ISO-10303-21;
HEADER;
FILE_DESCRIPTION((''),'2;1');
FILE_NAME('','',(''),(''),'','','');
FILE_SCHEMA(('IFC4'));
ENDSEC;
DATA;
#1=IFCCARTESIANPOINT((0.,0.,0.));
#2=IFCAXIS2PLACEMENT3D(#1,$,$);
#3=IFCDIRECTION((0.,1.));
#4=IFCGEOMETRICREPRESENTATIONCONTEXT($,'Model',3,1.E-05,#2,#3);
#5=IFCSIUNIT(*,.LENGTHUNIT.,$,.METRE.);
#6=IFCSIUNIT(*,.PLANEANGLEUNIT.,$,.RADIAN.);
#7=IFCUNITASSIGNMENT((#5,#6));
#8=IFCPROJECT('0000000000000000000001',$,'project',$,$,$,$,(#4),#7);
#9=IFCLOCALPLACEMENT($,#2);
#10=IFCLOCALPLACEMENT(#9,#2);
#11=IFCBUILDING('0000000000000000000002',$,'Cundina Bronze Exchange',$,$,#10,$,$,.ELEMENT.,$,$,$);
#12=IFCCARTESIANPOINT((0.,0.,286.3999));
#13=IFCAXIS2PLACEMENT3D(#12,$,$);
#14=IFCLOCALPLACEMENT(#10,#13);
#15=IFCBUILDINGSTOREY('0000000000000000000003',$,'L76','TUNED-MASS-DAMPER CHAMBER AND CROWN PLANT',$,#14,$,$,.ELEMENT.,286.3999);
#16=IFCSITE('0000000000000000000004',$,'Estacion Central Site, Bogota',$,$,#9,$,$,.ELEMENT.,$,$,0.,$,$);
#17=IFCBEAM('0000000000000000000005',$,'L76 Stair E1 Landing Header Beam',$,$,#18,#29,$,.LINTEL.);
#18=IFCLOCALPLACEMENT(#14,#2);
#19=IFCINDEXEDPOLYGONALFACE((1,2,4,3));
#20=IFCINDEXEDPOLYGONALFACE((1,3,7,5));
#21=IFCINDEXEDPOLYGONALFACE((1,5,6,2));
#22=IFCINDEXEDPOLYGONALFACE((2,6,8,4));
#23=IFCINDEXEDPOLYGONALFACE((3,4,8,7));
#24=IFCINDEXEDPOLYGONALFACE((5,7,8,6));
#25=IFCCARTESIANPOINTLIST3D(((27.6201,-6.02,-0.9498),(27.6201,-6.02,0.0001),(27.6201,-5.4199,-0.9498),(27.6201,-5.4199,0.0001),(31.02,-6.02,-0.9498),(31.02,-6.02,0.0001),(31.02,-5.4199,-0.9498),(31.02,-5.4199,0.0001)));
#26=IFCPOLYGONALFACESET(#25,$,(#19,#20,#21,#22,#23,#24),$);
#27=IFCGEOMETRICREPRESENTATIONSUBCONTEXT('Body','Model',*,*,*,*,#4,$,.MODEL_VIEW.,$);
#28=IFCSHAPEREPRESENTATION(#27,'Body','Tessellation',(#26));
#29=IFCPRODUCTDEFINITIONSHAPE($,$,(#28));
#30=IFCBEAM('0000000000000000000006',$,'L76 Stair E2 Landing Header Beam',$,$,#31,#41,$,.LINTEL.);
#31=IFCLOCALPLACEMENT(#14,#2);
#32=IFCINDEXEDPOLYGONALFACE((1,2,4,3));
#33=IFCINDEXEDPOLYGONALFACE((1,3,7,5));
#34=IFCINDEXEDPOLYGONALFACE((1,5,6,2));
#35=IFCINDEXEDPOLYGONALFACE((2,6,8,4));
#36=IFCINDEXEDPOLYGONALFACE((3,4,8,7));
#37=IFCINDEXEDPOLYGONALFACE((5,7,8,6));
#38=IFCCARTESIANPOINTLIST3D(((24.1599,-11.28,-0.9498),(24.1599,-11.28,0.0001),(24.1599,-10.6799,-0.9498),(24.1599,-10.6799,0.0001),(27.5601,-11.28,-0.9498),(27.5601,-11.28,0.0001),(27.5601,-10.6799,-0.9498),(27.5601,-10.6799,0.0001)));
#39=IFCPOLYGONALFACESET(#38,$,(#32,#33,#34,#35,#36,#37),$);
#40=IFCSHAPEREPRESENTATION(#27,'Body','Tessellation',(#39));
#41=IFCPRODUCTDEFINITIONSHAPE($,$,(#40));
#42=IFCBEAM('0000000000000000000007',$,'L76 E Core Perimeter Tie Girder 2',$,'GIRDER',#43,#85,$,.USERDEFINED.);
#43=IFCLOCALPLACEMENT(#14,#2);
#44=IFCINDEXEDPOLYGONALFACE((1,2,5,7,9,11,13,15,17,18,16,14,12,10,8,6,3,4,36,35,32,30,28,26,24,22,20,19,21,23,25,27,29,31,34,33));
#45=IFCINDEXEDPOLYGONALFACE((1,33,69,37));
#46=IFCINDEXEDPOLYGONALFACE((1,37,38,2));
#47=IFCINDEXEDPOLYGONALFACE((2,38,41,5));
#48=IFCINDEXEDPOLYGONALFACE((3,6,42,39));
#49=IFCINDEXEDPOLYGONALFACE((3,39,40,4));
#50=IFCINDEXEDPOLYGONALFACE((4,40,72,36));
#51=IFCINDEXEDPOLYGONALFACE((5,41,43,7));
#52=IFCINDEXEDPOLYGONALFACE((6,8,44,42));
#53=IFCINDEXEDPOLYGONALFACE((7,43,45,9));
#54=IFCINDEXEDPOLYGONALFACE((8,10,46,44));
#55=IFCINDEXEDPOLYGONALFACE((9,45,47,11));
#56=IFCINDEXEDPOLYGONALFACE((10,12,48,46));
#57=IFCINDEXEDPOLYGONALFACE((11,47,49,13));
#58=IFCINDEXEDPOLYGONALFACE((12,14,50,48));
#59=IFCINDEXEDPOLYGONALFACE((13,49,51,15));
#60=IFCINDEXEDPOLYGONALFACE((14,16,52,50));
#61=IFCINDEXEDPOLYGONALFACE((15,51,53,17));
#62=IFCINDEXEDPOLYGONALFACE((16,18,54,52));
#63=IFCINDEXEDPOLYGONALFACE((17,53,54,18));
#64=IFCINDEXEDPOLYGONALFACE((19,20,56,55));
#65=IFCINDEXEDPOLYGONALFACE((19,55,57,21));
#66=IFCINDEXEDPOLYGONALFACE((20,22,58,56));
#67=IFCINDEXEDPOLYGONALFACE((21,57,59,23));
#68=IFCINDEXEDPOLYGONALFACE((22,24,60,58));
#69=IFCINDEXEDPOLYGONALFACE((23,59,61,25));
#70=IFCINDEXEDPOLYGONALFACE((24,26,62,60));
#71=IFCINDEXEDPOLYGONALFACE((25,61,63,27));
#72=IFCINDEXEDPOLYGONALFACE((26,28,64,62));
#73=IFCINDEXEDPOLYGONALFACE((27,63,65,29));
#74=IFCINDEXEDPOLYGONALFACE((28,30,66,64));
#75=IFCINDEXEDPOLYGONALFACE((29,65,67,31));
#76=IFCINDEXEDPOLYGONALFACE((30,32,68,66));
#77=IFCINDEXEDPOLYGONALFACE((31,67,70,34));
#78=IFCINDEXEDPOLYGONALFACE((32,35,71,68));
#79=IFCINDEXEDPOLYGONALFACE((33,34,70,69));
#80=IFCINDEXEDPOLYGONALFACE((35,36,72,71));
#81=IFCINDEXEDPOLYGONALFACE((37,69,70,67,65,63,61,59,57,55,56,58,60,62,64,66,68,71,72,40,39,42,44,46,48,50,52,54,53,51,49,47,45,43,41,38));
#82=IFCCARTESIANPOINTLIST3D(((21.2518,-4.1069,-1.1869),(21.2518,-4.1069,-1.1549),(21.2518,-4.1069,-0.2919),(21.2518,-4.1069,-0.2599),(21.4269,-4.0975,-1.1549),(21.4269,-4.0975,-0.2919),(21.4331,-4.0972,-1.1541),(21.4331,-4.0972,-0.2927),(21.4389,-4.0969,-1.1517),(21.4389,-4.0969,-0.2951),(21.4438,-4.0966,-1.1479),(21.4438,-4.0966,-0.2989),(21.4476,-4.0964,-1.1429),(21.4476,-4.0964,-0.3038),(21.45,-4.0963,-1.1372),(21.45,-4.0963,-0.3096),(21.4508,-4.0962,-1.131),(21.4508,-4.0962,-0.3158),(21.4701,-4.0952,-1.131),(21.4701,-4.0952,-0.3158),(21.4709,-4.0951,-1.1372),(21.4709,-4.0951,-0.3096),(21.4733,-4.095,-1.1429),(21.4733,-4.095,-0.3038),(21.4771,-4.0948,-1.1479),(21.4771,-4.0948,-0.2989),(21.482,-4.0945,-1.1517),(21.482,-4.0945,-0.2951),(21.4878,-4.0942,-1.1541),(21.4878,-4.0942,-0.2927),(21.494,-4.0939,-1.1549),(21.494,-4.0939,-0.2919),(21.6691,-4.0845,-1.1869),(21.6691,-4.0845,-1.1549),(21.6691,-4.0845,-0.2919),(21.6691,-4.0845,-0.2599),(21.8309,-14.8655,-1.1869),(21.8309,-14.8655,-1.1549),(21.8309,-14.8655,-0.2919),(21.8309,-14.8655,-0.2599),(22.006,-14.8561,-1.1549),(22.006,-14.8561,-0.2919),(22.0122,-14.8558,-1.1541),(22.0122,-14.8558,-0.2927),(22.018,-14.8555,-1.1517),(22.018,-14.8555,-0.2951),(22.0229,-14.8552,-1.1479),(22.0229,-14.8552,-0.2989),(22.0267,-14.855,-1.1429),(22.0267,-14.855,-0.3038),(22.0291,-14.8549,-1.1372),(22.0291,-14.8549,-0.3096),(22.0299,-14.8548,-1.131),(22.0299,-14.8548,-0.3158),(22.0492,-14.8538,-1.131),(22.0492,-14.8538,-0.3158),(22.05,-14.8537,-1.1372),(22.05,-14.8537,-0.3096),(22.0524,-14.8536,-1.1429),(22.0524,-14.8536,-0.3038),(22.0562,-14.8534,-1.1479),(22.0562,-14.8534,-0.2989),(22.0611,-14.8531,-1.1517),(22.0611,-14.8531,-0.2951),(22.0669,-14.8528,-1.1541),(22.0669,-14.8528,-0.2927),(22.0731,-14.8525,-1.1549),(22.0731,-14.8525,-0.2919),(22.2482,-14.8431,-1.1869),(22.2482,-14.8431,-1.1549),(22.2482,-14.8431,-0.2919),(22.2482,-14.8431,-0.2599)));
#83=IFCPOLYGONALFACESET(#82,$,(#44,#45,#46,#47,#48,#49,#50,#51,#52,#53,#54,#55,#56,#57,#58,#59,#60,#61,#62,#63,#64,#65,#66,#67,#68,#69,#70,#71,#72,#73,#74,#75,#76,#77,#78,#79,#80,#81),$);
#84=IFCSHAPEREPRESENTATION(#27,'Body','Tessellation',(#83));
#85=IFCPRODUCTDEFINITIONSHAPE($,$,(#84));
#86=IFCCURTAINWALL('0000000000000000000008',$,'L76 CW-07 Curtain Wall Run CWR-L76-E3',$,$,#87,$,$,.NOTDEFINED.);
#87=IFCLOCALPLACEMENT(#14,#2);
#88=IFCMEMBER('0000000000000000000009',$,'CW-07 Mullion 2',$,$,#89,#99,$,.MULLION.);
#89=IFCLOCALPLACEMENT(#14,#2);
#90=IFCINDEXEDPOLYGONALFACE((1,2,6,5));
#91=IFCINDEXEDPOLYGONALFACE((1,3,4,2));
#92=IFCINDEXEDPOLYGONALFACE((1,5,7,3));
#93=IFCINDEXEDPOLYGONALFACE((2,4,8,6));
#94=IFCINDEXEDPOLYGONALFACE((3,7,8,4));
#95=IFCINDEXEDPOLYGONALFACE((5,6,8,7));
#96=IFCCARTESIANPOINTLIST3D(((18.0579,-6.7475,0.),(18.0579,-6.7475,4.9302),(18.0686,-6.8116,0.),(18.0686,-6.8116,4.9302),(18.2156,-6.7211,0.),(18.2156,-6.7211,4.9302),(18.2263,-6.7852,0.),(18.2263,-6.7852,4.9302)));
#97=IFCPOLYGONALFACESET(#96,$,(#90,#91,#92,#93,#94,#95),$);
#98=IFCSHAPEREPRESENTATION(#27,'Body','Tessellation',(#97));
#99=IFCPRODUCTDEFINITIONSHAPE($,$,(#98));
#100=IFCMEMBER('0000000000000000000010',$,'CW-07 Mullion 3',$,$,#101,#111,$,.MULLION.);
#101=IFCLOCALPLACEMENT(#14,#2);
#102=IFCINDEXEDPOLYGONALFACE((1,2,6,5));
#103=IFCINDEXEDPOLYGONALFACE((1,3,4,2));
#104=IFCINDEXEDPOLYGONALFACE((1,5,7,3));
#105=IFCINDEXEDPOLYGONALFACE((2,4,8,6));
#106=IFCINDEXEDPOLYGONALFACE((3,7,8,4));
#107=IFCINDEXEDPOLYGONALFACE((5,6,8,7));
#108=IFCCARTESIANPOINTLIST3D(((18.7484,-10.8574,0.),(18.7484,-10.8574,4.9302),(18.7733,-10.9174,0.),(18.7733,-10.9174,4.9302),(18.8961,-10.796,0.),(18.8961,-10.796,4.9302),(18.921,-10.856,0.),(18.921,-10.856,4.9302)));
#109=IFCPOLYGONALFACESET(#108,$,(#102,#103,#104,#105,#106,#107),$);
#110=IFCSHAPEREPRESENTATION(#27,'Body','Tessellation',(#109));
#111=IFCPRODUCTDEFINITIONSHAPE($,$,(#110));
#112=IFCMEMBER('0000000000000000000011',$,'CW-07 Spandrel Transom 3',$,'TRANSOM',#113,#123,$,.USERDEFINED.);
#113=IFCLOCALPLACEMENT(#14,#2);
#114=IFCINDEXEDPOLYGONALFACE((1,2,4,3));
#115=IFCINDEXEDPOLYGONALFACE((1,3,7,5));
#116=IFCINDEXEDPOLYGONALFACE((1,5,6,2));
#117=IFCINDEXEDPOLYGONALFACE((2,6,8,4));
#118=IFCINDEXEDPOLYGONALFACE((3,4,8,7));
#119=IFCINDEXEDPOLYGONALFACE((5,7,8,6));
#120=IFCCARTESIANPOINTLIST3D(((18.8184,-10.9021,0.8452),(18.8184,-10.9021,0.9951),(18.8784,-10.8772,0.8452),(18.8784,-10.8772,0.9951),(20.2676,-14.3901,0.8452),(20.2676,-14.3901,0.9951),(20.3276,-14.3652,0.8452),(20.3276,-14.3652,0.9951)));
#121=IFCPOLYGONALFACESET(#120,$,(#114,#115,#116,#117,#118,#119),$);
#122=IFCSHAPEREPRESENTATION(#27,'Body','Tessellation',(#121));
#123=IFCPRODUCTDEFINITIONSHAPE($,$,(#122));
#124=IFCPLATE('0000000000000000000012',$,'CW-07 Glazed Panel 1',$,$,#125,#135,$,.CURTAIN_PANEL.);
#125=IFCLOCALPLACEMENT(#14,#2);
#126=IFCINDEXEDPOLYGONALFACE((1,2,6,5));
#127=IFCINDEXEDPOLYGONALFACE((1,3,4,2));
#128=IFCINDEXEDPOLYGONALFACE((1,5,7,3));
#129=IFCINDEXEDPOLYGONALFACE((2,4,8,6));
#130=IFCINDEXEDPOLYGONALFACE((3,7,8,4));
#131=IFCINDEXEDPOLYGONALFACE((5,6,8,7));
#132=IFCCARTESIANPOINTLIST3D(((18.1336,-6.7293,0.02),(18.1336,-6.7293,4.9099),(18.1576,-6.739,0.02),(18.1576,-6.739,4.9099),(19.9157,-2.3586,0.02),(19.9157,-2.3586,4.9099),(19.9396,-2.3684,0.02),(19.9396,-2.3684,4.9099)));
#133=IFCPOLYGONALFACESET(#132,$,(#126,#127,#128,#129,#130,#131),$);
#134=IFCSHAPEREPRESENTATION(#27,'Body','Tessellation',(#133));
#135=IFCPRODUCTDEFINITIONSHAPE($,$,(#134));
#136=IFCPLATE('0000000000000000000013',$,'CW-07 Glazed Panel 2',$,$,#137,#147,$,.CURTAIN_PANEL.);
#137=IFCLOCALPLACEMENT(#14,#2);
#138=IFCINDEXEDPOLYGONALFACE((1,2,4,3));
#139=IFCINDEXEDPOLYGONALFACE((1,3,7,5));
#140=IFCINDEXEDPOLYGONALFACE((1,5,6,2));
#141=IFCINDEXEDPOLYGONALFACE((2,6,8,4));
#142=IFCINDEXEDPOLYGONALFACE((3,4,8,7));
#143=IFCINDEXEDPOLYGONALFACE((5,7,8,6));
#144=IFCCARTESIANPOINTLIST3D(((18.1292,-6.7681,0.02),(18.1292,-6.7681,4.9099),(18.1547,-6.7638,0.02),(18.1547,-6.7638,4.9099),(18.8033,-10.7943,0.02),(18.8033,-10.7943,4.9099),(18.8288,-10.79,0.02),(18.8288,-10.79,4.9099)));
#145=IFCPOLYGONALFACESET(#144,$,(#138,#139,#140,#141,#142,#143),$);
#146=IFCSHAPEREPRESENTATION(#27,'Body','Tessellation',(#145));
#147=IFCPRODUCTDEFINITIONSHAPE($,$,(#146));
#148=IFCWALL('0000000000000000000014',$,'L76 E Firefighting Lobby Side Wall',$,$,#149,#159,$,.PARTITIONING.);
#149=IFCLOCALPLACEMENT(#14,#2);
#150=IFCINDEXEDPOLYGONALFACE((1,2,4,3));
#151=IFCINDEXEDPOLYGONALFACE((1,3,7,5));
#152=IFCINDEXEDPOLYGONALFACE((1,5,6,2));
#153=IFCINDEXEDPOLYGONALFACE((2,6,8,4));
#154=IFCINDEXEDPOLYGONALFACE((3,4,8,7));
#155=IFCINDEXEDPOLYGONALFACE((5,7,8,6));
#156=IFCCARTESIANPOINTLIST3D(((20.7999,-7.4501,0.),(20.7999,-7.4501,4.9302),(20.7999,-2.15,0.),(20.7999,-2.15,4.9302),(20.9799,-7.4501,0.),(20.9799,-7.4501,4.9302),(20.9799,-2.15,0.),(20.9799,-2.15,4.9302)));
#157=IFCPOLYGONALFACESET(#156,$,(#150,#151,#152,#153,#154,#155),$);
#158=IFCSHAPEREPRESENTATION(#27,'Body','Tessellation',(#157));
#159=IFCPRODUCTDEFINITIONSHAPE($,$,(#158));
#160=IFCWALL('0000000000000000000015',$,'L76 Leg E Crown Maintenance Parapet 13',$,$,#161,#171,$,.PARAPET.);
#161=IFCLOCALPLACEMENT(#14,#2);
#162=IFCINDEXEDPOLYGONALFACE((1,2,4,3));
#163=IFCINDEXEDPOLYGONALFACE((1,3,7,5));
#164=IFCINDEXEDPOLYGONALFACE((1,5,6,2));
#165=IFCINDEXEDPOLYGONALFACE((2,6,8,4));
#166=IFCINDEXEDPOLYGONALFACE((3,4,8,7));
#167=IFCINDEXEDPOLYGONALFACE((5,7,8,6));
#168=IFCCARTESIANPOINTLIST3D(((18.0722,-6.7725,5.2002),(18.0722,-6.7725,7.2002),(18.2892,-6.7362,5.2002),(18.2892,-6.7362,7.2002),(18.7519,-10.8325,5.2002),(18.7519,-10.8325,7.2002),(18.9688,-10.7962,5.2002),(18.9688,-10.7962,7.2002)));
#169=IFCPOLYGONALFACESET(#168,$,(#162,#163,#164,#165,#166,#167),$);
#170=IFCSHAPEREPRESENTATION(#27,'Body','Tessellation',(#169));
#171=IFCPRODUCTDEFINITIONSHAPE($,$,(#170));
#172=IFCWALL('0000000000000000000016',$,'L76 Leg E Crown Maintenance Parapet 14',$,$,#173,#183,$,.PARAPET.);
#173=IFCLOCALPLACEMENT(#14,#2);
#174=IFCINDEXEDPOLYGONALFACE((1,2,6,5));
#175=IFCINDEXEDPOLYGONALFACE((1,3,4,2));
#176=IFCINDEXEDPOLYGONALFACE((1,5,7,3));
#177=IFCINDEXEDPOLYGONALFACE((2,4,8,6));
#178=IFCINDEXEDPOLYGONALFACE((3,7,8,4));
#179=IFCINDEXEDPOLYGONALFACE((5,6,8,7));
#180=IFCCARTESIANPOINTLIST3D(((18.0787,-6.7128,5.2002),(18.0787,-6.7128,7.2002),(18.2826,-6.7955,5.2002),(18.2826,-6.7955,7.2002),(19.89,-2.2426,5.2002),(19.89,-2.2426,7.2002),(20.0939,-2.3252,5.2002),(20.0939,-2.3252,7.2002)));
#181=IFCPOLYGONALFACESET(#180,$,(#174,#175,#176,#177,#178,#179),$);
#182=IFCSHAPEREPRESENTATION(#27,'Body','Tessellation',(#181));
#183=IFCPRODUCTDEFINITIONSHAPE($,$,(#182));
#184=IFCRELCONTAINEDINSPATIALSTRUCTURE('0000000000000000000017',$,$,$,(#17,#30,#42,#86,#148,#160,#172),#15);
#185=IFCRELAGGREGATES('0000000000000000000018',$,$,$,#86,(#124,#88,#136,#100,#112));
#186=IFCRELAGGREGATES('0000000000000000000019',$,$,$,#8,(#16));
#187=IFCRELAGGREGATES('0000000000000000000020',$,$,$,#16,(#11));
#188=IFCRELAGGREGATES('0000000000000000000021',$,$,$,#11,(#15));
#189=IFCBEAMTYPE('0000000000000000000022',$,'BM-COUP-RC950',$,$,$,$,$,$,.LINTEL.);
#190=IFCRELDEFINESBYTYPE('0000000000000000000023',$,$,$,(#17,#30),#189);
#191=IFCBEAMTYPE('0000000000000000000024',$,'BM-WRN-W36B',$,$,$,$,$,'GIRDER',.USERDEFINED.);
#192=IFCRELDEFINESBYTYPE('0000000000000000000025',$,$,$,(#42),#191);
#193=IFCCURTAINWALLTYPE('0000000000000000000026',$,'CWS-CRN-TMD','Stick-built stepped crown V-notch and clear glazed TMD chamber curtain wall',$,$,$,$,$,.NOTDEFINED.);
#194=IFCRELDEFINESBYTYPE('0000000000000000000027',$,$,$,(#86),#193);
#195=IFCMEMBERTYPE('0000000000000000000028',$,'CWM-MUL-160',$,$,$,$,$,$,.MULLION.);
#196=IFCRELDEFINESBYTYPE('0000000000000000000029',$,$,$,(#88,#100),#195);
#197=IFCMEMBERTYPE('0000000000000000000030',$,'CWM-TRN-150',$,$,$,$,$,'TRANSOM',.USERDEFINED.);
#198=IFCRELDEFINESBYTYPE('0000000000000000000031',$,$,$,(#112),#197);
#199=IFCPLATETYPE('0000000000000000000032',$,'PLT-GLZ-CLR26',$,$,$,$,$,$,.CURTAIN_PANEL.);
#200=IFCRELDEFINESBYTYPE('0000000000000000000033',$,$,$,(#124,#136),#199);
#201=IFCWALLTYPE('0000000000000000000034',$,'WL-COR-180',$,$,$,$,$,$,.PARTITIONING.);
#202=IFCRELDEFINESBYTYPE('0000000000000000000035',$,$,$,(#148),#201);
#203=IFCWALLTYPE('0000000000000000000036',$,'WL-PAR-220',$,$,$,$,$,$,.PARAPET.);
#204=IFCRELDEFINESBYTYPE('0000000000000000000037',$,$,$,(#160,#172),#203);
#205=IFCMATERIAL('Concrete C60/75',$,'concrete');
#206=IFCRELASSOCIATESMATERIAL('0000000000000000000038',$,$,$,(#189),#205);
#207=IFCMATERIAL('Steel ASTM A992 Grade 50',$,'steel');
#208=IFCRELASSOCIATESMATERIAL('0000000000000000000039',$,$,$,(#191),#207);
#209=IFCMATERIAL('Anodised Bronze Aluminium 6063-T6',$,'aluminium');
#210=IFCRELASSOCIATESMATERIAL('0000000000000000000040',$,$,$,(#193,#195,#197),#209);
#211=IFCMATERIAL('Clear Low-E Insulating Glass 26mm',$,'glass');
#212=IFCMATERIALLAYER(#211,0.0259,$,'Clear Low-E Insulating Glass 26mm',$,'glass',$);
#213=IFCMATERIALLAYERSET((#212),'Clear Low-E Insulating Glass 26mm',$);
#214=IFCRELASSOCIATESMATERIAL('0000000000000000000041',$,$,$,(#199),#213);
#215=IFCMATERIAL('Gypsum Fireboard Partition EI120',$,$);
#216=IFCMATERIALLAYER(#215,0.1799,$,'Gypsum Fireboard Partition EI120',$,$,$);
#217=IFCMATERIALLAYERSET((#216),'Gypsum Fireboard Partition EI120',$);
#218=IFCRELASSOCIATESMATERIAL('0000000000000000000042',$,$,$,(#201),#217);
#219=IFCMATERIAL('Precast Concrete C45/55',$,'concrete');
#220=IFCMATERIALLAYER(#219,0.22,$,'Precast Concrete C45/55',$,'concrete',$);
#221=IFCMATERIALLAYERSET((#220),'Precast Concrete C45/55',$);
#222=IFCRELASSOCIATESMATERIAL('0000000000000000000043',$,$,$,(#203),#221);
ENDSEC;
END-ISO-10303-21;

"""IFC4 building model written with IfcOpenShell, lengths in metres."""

from ifc_helpers import new_model, si_unit, direction, frame, frame_2d, origin, origin_2d, place, context, subcontext, project, spatial, rectangle, i_section, extrude, material, layer, layer_set, material_profile, profile_set, type_object, element, aggregate, save


model = new_model("IFC4")

# Units and contexts
model_context = context("Model", 3, precision=1e-05, world=origin(), true_north=direction((0.0, 1.0)))
body_context = subcontext(model_context, "Body", "Model", "MODEL_VIEW")
ifc_project = project(units=[si_unit("LENGTHUNIT", "METRE"), si_unit("PLANEANGLEUNIT", "RADIAN")], contexts=[model_context])

# Site, building, storey
site_placement = place(None, origin())
site = spatial("IfcSite", under=ifc_project, at=site_placement, Name="Estacion Central Site, Bogota", CompositionType="ELEMENT", RefElevation=0.0)
building_placement = place(site_placement, origin())
building = spatial("IfcBuilding", under=site, at=building_placement, Name="Cundina Bronze Exchange", CompositionType="ELEMENT")
storey_placement = place(building_placement, frame((0.0, 0.0, 286.3999)))
storey = spatial("IfcBuildingStorey", under=building, at=storey_placement, Name="L76", Description="TUNED-MASS-DAMPER CHAMBER AND CROWN PLANT", CompositionType="ELEMENT", Elevation=286.3999)

# Beams
ifc_material_1 = material(Name="Concrete C60/75", Category="concrete")
ifc_material_profile_1 = material_profile(ifc_material_1, rectangle(XDim=0.6001, YDim=0.95, at=origin_2d()), Name="RC600X950", Category="concrete")
ifc_profile_set_1 = profile_set([ifc_material_profile_1], Name="Concrete C60/75")
beam_type_1 = type_object("IfcBeamType", Name="BM-COUP-RC950", PredefinedType="LINTEL", material=ifc_profile_set_1)
beam_1_placement = place(storey_placement, frame((27.6201, -5.72, -0.4749), z_axis=(1.0, 0.0, 0.0), x_axis=(0.0, 1.0, 0.0)))
element("IfcBeam", 1, at=beam_1_placement, inside=storey, type_object=beam_type_1, Name="L76 Stair E1 Landing Header Beam", PredefinedType="LINTEL", context=body_context, shape_type="SweptSolid", body=[
    extrude(rectangle(XDim=0.6001, YDim=0.95, at=origin_2d()), origin(), (0.0, 0.0, 1.0), 3.3999),
])
beam_2_placement = place(storey_placement, frame((24.1599, -10.98, -0.4749), z_axis=(1.0, 0.0, 0.0), x_axis=(0.0, 1.0, 0.0)))
element("IfcBeam", 2, at=beam_2_placement, inside=storey, type_object=beam_type_1, Name="L76 Stair E2 Landing Header Beam", PredefinedType="LINTEL", context=body_context, shape_type="SweptSolid", body=[
    extrude(rectangle(XDim=0.6001, YDim=0.95, at=origin_2d()), origin(), (0.0, 0.0, 1.0), 3.4001),
])
ifc_material_2 = material(Name="Steel ASTM A992 Grade 50", Category="steel")
ifc_material_profile_2 = material_profile(ifc_material_2, i_section(OverallWidth=0.418, OverallDepth=0.927, WebThickness=0.0193, FlangeThickness=0.032, FilletRadius=0.0239, at=origin_2d()), Name="W36X231", Category="steel")
ifc_profile_set_2 = profile_set([ifc_material_profile_2], Name="Steel ASTM A992 Grade 50")
beam_type_2 = type_object("IfcBeamType", Name="BM-WRN-W36B", ElementType="GIRDER", PredefinedType="USERDEFINED", material=ifc_profile_set_2)
beam_3_placement = place(storey_placement, frame((21.4604, -4.0957, -0.7234), z_axis=(0.053749, -0.998554, 0.0), x_axis=(0.998554, 0.053749, 0.0)))
element("IfcBeam", 3, at=beam_3_placement, inside=storey, type_object=beam_type_2, Name="L76 E Core Perimeter Tie Girder 2", ObjectType="GIRDER", PredefinedType="USERDEFINED", context=body_context, shape_type="SweptSolid", body=[
    extrude(i_section(OverallWidth=0.418, OverallDepth=0.927, WebThickness=0.0193, FlangeThickness=0.032, FilletRadius=0.0239, at=origin_2d()), origin(), (0.0, 0.0, 1.0), 10.7742),
])

# Curtain wall, members, plates
ifc_material_3 = material(Name="Anodised Bronze Aluminium 6063-T6", Category="aluminium")
curtain_wall_type = type_object("IfcCurtainWallType", Name="CWS-CRN-TMD", Description="Stick-built stepped crown V-notch and clear glazed TMD chamber curtain wall", PredefinedType="NOTDEFINED", material=ifc_material_3)
curtain_wall_placement = place(storey_placement, origin())
curtain_wall = element("IfcCurtainWall", 4, at=curtain_wall_placement, inside=storey, type_object=curtain_wall_type, Name="L76 CW-07 Curtain Wall Run CWR-L76-E3", PredefinedType="NOTDEFINED")
ifc_material_profile_3 = material_profile(ifc_material_3, rectangle(XDim=0.0649, YDim=0.1599, at=origin_2d()), Name="AL65X160", Category="aluminium")
ifc_profile_set_3 = profile_set([ifc_material_profile_3], Name="Anodised Bronze Aluminium 6063-T6")
member_type_1 = type_object("IfcMemberType", Name="CWM-MUL-160", PredefinedType="MULLION", material=ifc_profile_set_3)
member_1_placement = place(storey_placement, frame((18.1421, -6.7664, 0.0), z_axis=(0.0, 0.0, 1.0), x_axis=(0.165048, -0.986286, 0.0)))
member_1 = element("IfcMember", 5, at=member_1_placement, type_object=member_type_1, Name="CW-07 Mullion 2", PredefinedType="MULLION", context=body_context, shape_type="SweptSolid", body=[
    extrude(rectangle(XDim=0.0649, YDim=0.1599, at=origin_2d()), origin(), (0.0, 0.0, 1.0), 4.9302),
])
member_2_placement = place(storey_placement, frame((18.8347, -10.8567, 0.0), z_axis=(0.0, 0.0, 1.0), x_axis=(0.383651, -0.923478, 0.0)))
member_2 = element("IfcMember", 6, at=member_2_placement, type_object=member_type_1, Name="CW-07 Mullion 3", PredefinedType="MULLION", context=body_context, shape_type="SweptSolid", body=[
    extrude(rectangle(XDim=0.0649, YDim=0.1599, at=origin_2d()), origin(), (0.0, 0.0, 1.0), 4.9302),
])
ifc_material_profile_4 = material_profile(ifc_material_3, rectangle(XDim=0.0649, YDim=0.1499, at=origin_2d()), Name="AL65X150", Category="aluminium")
ifc_profile_set_4 = profile_set([ifc_material_profile_4], Name="Anodised Bronze Aluminium 6063-T6")
member_type_2 = type_object("IfcMemberType", Name="CWM-TRN-150", ElementType="TRANSOM", PredefinedType="USERDEFINED", material=ifc_profile_set_4)
member_3_placement = place(storey_placement, frame((18.8484, -10.8896, 0.9202), z_axis=(0.383684, -0.923465, 0.0), x_axis=(0.923465, 0.383684, 0.0)))
member_3 = element("IfcMember", 7, at=member_3_placement, type_object=member_type_2, Name="CW-07 Spandrel Transom 3", ObjectType="TRANSOM", PredefinedType="USERDEFINED", context=body_context, shape_type="SweptSolid", body=[
    extrude(rectangle(XDim=0.0649, YDim=0.1499, at=origin_2d()), origin(), (0.0, 0.0, 1.0), 3.7771),
])
ifc_material_4 = material(Name="Clear Low-E Insulating Glass 26mm", Category="glass")
ifc_layer_1 = layer(ifc_material_4, 0.0259, Name="Clear Low-E Insulating Glass 26mm", Category="glass")
ifc_layer_set_1 = layer_set([ifc_layer_1], Name="Clear Low-E Insulating Glass 26mm")
plate_type = type_object("IfcPlateType", Name="PLT-GLZ-CLR26", PredefinedType="CURTAIN_PANEL", material=ifc_layer_set_1)
plate_1_placement = place(storey_placement, frame((19.0366, -4.5488, 0.02), z_axis=(0.0, 0.0, 1.0), x_axis=(-0.37755, -0.925989, 0.0)))
plate_1 = element("IfcPlate", 8, at=plate_1_placement, type_object=plate_type, Name="CW-07 Glazed Panel 1", PredefinedType="CURTAIN_PANEL", context=body_context, shape_type="SweptSolid", body=[
    extrude(rectangle(XDim=4.72, YDim=0.0259, at=origin_2d()), origin(), (0.0, 0.0, 1.0), 4.8899),
])
plate_2_placement = place(storey_placement, frame((18.479, -8.7791, 0.02), z_axis=(0.0, 0.0, 1.0), x_axis=(0.165134, -0.986271, 0.0)))
plate_2 = element("IfcPlate", 9, at=plate_2_placement, type_object=plate_type, Name="CW-07 Glazed Panel 2", PredefinedType="CURTAIN_PANEL", context=body_context, shape_type="SweptSolid", body=[
    extrude(rectangle(XDim=4.0823, YDim=0.0259, at=origin_2d()), origin(), (0.0, 0.0, 1.0), 4.8899),
])
aggregate(curtain_wall, [plate_1, member_1, plate_2, member_2, member_3])

# Walls
ifc_material_5 = material(Name="Gypsum Fireboard Partition EI120")
ifc_layer_2 = layer(ifc_material_5, 0.1799, Name="Gypsum Fireboard Partition EI120")
ifc_layer_set_2 = layer_set([ifc_layer_2], Name="Gypsum Fireboard Partition EI120")
wall_type_1 = type_object("IfcWallType", Name="WL-COR-180", PredefinedType="PARTITIONING", material=ifc_layer_set_2)
wall_1_placement = place(storey_placement, frame((20.8899, -7.45, 0.0), z_axis=(0.0, 0.0, 1.0), x_axis=(0.0, 1.0, 0.0)))
element("IfcWall", 10, at=wall_1_placement, inside=storey, type_object=wall_type_1, Name="L76 E Firefighting Lobby Side Wall", PredefinedType="PARTITIONING", context=body_context, shape_type="SweptSolid", body=[
    extrude(rectangle(XDim=5.3, YDim=0.1799, at=frame_2d((2.6499, 0.0))), origin(), (0.0, 0.0, 1.0), 4.9302),
])
ifc_material_6 = material(Name="Precast Concrete C45/55", Category="concrete")
ifc_layer_3 = layer(ifc_material_6, 0.22, Name="Precast Concrete C45/55", Category="concrete")
ifc_layer_set_3 = layer_set([ifc_layer_3], Name="Precast Concrete C45/55")
wall_type_2 = type_object("IfcWallType", Name="WL-PAR-220", PredefinedType="PARAPET", material=ifc_layer_set_3)
wall_2_placement = place(storey_placement, frame((18.8604, -10.8142, 5.2002), z_axis=(0.0, 0.0, 1.0), x_axis=(-0.165111, 0.986275, 0.0)))
element("IfcWall", 11, at=wall_2_placement, inside=storey, type_object=wall_type_2, Name="L76 Leg E Crown Maintenance Parapet 13", PredefinedType="PARAPET", context=body_context, shape_type="SweptSolid", body=[
    extrude(rectangle(XDim=4.1165, YDim=0.22, at=frame_2d((2.0581, 0.0))), origin(), (0.0, 0.0, 1.0), 2.0),
])
wall_3_placement = place(storey_placement, frame((18.1807, -6.7542, 5.2002), z_axis=(0.0, 0.0, 1.0), x_axis=(0.375532, 0.926809, 0.0)))
element("IfcWall", 12, at=wall_3_placement, inside=storey, type_object=wall_type_2, Name="L76 Leg E Crown Maintenance Parapet 14", PredefinedType="PARAPET", context=body_context, shape_type="SweptSolid", body=[
    extrude(rectangle(XDim=4.8232, YDim=0.22, at=frame_2d((2.4116, 0.0))), origin(), (0.0, 0.0, 1.0), 2.0),
])

save(model, "model.ifc")
